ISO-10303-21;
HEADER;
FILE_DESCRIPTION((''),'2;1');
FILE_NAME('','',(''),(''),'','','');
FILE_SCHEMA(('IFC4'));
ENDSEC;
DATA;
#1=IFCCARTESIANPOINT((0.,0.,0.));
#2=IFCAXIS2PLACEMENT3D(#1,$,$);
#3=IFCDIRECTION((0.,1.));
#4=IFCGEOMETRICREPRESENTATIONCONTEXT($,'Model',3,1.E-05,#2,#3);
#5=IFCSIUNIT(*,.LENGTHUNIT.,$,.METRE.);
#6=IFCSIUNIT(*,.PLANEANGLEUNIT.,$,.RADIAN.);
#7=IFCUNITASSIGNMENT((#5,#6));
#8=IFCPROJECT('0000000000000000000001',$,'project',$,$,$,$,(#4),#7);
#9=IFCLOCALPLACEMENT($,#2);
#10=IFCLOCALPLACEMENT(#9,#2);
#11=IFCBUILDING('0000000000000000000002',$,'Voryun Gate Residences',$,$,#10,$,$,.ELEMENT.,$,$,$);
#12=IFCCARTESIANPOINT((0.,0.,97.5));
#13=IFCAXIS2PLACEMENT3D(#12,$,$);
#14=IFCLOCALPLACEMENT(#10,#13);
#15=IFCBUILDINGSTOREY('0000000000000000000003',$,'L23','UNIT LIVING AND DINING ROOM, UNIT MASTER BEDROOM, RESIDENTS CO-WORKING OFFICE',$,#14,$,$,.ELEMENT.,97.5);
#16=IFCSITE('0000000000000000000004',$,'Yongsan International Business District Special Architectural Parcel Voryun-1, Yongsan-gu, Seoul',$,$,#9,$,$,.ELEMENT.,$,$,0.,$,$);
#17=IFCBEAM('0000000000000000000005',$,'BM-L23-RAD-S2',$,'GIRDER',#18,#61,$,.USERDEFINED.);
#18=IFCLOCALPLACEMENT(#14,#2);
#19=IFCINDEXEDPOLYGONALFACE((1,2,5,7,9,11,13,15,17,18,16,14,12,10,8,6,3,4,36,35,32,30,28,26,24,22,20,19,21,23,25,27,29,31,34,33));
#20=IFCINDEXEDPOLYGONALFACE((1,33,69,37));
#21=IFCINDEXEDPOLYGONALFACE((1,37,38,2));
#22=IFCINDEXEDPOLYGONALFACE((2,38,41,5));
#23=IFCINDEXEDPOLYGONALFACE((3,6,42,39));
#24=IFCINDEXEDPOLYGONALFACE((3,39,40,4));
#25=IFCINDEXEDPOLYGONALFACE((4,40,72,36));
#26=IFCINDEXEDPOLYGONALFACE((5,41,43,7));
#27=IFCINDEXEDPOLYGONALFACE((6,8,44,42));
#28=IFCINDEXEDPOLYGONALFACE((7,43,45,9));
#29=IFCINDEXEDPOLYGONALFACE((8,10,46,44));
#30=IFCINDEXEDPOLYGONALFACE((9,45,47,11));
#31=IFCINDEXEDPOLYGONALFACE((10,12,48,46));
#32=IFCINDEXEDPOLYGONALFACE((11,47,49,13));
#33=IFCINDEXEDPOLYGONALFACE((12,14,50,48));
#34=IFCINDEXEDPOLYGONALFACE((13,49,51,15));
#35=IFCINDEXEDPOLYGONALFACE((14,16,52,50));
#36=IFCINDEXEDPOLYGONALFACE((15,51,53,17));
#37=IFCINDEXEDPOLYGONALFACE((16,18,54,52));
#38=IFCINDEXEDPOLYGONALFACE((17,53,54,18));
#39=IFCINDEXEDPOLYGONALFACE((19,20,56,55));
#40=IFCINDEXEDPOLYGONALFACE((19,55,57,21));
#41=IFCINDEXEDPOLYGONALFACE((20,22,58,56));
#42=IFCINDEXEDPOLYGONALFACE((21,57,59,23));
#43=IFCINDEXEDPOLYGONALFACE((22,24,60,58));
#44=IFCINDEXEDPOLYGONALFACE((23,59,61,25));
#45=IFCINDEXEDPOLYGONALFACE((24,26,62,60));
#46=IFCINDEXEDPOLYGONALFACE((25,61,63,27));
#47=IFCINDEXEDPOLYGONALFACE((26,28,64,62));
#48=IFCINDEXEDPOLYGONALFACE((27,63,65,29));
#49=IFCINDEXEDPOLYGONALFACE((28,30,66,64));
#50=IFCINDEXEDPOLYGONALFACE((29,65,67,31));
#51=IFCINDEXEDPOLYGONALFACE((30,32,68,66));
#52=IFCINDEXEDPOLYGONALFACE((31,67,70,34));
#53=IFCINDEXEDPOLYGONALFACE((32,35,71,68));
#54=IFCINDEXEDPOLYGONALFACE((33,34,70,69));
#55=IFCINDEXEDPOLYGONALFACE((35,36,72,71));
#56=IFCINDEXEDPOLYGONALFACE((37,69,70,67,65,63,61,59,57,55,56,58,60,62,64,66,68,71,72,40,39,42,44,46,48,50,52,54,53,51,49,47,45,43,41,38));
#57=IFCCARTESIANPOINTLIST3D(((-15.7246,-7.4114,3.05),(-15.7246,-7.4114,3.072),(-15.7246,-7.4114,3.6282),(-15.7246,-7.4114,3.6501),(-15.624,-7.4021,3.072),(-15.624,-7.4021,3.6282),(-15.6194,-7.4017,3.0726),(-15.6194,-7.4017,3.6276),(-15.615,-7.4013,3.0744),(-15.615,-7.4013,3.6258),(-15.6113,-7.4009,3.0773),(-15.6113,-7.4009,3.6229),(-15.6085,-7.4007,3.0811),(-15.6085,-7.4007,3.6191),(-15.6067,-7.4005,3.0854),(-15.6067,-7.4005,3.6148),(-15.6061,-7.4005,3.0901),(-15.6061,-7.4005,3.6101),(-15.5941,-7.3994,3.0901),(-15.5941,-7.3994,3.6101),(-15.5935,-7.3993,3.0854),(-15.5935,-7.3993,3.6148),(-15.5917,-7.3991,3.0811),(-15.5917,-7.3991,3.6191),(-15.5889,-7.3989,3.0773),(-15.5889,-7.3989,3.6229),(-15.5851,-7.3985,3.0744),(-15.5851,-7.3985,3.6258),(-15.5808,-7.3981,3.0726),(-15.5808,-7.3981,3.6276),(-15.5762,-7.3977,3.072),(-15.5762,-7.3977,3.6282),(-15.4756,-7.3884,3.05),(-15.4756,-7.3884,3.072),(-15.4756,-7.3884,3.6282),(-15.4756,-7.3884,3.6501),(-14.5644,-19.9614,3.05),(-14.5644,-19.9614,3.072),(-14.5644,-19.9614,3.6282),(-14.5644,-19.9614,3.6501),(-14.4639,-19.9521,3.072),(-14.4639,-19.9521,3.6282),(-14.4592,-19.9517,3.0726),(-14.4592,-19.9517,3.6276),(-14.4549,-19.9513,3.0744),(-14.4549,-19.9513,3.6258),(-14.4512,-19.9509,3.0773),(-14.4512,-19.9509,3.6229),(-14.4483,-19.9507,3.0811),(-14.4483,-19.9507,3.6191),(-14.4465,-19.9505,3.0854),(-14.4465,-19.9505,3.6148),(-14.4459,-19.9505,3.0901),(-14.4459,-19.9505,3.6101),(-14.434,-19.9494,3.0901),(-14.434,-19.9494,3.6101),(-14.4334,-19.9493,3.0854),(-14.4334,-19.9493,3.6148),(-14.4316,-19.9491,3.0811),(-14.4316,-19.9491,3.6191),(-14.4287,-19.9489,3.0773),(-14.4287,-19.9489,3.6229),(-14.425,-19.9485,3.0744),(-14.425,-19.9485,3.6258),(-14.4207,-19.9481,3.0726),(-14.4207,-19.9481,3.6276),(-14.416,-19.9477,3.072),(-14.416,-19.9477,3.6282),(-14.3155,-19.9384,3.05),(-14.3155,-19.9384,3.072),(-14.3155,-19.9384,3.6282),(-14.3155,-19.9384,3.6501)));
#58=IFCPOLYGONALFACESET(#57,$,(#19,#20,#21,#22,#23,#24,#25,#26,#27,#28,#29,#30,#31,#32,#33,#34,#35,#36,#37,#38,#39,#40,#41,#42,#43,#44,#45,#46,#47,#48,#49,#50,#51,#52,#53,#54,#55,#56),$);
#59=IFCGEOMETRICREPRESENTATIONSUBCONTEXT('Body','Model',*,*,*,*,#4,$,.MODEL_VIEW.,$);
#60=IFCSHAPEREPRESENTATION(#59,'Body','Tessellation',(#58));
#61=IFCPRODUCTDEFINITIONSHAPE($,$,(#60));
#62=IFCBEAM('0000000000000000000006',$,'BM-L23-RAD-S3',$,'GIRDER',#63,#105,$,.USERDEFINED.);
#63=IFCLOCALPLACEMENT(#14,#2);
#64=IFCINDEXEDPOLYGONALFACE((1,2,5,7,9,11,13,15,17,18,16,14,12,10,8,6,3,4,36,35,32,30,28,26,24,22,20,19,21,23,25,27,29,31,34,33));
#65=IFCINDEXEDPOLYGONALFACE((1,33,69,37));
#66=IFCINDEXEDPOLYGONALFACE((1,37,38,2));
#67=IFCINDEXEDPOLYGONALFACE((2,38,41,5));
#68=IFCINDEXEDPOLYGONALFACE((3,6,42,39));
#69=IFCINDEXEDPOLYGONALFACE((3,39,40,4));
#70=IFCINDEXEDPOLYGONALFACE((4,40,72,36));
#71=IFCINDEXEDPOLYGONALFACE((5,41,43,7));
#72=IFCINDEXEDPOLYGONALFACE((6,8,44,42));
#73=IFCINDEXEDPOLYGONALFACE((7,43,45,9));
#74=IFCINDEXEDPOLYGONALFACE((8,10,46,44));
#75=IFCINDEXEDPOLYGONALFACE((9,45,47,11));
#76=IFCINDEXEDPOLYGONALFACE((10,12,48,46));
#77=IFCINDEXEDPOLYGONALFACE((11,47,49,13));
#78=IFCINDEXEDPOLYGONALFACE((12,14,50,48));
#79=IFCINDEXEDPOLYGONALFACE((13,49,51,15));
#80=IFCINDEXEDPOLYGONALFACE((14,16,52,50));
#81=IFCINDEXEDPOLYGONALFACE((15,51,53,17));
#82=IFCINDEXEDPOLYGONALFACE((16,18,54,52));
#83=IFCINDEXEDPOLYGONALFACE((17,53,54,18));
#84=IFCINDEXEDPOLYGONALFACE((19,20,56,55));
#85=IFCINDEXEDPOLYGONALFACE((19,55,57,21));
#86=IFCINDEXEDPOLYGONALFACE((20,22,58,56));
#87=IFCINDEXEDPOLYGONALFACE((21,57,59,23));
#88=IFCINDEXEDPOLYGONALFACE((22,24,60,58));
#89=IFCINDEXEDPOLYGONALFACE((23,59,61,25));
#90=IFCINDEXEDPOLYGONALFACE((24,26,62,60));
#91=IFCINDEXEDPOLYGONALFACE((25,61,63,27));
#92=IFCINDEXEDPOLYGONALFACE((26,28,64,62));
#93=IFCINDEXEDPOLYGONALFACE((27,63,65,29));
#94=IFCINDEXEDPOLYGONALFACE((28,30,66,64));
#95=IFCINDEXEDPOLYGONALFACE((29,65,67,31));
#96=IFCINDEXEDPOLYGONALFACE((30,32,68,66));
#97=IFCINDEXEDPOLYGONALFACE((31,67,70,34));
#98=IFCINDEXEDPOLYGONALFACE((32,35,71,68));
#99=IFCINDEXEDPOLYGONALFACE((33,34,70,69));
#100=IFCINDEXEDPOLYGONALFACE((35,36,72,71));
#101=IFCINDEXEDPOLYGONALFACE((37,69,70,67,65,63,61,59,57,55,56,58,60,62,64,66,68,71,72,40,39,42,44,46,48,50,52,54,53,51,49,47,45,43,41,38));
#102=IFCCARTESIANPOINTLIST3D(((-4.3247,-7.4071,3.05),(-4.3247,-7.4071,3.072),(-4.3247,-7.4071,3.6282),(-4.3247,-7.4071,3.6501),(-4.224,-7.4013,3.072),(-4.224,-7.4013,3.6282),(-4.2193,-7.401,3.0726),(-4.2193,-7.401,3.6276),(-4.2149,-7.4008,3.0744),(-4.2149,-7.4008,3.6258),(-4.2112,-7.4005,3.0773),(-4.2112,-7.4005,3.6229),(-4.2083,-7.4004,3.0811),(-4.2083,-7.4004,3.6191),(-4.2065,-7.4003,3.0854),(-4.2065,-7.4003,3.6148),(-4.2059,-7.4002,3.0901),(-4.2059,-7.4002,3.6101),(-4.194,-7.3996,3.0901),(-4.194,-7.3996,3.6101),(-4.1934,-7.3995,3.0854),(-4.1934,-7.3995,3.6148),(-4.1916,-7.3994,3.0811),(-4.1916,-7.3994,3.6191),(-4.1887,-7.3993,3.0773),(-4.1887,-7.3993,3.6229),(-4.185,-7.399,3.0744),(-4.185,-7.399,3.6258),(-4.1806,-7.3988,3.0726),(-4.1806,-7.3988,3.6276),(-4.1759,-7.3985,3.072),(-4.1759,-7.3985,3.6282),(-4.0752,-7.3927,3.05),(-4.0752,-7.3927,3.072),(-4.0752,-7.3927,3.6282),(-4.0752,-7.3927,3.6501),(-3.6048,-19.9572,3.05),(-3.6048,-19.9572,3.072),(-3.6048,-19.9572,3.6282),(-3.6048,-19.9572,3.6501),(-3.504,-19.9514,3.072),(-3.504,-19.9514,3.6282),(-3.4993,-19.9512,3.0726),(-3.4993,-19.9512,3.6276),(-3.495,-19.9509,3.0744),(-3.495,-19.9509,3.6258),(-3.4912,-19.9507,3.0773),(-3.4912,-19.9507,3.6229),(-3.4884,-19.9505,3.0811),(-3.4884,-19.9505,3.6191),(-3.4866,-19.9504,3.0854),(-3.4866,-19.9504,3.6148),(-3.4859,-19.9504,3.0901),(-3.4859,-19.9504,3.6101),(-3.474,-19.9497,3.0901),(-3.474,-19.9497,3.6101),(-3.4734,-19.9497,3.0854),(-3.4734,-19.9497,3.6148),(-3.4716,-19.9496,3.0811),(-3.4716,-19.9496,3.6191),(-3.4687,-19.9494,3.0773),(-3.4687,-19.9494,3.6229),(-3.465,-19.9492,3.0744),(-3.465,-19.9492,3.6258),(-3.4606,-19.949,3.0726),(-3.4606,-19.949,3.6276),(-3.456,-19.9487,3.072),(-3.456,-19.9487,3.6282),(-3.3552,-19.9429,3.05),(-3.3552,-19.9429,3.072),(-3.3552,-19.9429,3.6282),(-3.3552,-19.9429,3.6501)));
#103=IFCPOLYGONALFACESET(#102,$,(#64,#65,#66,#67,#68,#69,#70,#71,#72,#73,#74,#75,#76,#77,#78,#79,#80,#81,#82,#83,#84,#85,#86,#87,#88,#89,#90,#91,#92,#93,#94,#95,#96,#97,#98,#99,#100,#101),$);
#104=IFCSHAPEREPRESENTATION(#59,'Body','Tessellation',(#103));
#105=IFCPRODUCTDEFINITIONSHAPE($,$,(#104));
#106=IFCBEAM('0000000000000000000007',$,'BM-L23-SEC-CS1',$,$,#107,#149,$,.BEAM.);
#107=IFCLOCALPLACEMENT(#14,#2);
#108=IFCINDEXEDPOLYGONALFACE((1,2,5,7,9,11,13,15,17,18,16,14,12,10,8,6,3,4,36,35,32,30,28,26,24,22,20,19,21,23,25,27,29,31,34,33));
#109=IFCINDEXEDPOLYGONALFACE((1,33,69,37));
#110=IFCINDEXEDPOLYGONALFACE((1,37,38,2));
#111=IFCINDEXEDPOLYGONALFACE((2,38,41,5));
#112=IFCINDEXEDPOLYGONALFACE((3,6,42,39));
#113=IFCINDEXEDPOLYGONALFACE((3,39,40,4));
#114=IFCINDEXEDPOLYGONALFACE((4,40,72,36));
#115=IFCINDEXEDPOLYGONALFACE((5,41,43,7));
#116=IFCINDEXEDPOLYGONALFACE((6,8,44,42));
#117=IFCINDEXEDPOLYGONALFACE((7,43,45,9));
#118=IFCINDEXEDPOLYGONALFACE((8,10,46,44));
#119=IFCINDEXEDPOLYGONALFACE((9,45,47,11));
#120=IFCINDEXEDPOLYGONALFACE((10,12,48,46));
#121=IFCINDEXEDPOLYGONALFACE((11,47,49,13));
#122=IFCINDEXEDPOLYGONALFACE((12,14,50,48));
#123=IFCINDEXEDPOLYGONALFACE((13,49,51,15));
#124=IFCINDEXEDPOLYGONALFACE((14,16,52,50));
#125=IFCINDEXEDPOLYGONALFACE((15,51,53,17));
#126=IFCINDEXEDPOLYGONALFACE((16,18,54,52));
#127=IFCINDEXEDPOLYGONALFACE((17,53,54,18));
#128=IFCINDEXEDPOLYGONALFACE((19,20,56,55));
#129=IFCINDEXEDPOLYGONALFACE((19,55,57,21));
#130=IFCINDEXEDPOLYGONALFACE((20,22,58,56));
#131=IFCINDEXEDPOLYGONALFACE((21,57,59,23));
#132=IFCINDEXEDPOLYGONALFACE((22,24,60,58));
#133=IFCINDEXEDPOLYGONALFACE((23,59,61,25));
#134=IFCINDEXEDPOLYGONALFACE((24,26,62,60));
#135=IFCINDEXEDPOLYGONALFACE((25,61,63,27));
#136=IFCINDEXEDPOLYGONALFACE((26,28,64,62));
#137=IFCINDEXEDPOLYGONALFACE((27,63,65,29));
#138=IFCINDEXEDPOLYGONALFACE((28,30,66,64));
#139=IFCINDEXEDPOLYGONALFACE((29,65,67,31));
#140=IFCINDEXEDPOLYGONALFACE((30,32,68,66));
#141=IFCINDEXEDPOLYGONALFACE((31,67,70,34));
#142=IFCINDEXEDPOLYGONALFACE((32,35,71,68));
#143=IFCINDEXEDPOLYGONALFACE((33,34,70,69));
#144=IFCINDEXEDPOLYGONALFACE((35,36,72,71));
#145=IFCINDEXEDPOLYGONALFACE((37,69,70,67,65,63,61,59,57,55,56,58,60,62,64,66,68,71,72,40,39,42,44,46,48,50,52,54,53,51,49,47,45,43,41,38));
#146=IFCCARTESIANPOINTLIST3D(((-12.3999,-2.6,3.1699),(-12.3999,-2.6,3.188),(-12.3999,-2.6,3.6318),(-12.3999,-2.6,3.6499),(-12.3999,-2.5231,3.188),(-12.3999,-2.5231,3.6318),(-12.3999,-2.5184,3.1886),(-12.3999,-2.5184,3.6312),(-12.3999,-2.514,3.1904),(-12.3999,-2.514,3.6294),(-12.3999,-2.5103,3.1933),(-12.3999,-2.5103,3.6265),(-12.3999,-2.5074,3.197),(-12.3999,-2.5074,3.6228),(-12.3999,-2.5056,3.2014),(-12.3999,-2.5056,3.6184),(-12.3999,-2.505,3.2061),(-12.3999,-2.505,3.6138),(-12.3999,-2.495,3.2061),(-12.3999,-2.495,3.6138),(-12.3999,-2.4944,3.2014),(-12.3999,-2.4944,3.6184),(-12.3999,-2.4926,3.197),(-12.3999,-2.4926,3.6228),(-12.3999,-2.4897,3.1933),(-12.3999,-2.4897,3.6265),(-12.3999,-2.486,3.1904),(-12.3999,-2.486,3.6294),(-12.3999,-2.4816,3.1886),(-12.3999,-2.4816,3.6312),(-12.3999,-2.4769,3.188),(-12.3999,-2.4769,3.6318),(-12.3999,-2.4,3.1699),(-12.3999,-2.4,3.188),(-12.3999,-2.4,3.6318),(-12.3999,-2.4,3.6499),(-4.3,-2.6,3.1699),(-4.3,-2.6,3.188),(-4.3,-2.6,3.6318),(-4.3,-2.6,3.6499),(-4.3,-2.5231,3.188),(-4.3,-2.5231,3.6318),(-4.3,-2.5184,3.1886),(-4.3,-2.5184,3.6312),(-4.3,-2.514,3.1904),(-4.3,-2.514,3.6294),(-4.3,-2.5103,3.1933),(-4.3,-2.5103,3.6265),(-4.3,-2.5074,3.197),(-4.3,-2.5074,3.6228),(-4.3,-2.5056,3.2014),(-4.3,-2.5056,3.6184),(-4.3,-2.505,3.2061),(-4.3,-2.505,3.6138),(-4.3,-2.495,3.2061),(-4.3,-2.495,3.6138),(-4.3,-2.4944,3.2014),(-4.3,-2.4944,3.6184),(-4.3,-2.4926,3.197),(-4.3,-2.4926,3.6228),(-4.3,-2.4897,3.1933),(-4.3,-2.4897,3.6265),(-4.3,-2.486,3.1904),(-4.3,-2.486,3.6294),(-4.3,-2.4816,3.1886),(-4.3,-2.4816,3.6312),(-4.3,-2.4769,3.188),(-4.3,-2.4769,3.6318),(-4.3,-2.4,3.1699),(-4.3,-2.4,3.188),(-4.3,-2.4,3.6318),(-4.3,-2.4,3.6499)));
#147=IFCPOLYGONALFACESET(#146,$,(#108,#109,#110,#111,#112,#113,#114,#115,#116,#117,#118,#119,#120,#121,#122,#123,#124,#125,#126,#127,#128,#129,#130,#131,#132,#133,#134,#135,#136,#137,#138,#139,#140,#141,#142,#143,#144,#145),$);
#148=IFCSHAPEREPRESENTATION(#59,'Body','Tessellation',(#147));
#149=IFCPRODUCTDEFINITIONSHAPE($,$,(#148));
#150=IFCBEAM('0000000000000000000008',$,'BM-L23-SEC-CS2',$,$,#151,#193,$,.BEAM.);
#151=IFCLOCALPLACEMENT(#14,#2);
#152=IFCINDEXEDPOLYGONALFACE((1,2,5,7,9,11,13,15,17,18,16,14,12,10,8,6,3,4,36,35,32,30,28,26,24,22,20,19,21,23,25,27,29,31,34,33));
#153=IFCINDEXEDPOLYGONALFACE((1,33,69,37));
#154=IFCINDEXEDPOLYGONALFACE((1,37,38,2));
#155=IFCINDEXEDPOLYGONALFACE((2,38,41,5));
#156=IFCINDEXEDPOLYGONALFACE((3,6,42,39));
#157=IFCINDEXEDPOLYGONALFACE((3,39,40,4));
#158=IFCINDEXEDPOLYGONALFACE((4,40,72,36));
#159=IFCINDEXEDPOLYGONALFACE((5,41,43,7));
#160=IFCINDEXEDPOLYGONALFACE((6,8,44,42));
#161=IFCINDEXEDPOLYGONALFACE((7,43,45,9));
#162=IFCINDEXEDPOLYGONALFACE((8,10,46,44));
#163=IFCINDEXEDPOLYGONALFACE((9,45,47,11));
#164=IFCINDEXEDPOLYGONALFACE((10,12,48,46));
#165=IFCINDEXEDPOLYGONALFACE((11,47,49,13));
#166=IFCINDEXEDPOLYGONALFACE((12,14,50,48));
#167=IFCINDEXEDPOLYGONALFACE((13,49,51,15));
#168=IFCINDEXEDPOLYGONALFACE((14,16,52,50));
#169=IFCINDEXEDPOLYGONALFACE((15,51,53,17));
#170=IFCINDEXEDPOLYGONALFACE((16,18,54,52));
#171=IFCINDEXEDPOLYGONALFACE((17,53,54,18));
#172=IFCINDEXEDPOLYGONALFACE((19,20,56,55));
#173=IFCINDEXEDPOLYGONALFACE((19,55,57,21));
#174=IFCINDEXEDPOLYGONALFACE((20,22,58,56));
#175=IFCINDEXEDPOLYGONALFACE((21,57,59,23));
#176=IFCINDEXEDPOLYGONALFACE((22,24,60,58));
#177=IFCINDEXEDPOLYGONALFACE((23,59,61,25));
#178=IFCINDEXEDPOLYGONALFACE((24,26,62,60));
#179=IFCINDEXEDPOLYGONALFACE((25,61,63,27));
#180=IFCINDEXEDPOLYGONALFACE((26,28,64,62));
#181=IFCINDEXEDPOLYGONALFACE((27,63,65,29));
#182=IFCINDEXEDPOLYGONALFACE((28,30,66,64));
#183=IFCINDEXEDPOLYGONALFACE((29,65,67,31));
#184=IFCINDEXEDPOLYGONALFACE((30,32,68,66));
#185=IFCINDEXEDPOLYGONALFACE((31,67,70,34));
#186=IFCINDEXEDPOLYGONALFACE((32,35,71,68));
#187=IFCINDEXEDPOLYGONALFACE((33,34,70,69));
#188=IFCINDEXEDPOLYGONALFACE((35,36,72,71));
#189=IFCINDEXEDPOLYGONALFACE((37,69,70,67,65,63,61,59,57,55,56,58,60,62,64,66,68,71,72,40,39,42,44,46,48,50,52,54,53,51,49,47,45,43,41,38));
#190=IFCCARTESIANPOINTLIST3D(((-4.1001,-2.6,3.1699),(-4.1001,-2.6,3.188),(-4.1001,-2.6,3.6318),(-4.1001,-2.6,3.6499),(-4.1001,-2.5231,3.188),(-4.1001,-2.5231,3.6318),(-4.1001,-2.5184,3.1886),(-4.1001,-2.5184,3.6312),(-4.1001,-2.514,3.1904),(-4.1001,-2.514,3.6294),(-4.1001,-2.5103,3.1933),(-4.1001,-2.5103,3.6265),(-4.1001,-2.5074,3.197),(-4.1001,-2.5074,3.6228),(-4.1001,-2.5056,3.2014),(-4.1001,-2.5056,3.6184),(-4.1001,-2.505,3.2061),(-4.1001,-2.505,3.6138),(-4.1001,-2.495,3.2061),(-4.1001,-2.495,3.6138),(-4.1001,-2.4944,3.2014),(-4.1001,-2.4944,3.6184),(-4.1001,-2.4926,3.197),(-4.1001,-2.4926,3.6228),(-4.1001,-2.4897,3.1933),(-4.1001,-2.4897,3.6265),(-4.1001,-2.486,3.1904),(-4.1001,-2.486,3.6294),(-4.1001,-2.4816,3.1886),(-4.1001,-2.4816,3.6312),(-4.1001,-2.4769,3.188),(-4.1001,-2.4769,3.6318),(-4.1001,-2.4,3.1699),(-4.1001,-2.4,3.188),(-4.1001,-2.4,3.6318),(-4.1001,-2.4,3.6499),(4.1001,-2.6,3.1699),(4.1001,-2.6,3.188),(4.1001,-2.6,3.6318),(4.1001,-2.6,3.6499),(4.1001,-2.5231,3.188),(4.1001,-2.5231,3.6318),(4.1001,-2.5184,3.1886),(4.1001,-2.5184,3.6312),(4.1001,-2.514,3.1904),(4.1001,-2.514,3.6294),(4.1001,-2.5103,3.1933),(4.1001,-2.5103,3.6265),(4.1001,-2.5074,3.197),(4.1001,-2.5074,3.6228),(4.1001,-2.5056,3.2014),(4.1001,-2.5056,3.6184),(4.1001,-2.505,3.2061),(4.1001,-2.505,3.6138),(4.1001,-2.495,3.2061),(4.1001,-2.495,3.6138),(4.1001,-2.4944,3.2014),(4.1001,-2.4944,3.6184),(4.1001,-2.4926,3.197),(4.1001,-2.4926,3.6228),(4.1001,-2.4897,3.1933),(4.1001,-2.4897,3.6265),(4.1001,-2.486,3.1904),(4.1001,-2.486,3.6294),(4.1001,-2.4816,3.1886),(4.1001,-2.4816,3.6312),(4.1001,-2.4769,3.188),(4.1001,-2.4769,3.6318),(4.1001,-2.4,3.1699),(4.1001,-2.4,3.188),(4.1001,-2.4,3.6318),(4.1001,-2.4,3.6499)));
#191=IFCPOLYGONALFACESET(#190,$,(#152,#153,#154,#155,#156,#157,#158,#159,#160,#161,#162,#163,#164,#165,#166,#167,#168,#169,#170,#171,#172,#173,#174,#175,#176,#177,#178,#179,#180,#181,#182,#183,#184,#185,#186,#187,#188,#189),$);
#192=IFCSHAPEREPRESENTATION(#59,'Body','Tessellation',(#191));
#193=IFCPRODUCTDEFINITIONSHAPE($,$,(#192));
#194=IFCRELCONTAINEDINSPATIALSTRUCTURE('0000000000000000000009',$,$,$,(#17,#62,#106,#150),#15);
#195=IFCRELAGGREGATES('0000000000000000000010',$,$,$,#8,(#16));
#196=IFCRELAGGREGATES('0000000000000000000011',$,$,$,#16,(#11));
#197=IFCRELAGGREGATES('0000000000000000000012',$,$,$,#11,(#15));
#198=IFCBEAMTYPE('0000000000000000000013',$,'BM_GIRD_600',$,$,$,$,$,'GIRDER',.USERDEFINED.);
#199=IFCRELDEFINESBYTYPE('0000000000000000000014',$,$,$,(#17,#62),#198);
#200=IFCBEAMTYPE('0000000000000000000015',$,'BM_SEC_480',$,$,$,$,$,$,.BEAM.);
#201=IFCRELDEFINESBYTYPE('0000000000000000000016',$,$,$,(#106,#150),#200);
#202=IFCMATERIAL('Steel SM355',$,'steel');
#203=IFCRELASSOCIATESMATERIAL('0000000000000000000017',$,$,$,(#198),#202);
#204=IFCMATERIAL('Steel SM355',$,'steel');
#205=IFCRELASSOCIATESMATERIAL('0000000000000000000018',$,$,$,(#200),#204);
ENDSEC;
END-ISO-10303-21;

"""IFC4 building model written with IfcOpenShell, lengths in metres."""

from ifc_helpers import new_model, si_unit, direction, frame, origin, origin_2d, place, context, subcontext, project, spatial, i_section, extrude, material, material_profile, profile_set, type_object, element, save


model = new_model("IFC4")

# Units and contexts
model_context = context("Model", 3, precision=1e-05, world=origin(), true_north=direction((0.0, 1.0)))
body_context = subcontext(model_context, "Body", "Model", "MODEL_VIEW")
ifc_project = project(units=[si_unit("LENGTHUNIT", "METRE"), si_unit("PLANEANGLEUNIT", "RADIAN")], contexts=[model_context])

# Site, building, storey
site_placement = place(None, origin())
site = spatial("IfcSite", under=ifc_project, at=site_placement, Name="Yongsan International Business District Special Architectural Parcel Voryun-1, Yongsan-gu, Seoul", CompositionType="ELEMENT", RefElevation=0.0)
building_placement = place(site_placement, origin())
building = spatial("IfcBuilding", under=site, at=building_placement, Name="Voryun Gate Residences", CompositionType="ELEMENT")
storey_placement = place(building_placement, frame((0.0, 0.0, 97.5)))
storey = spatial("IfcBuildingStorey", under=building, at=storey_placement, Name="L23", Description="UNIT LIVING AND DINING ROOM, UNIT MASTER BEDROOM, RESIDENTS CO-WORKING OFFICE", CompositionType="ELEMENT", Elevation=97.5)

# Beams
ifc_material_1 = material(Name="Steel SM355", Category="steel")
ifc_material_profile_1 = material_profile(ifc_material_1, i_section(OverallWidth=0.25, OverallDepth=0.6001, WebThickness=0.012, FlangeThickness=0.022, FilletRadius=0.0181, at=origin_2d()), Name="H-600x250x12x22")
ifc_profile_set_1 = profile_set([ifc_material_profile_1], Name="Steel SM355")
beam_type_1 = type_object("IfcBeamType", Name="BM_GIRD_600", ElementType="GIRDER", PredefinedType="USERDEFINED", material=ifc_profile_set_1)
beam_1_placement = place(storey_placement, frame((-15.6001, -7.3999, 3.3501), z_axis=(0.09205, -0.995754, 0.0), x_axis=(0.995754, 0.09205, 0.0)))
element("IfcBeam", 1, at=beam_1_placement, inside=storey, type_object=beam_type_1, Name="BM-L23-RAD-S2", ObjectType="GIRDER", PredefinedType="USERDEFINED", context=body_context, shape_type="SweptSolid", body=[
    extrude(i_section(OverallWidth=0.25, OverallDepth=0.6001, WebThickness=0.012, FlangeThickness=0.022, FilletRadius=0.0181, at=origin_2d()), origin(), (0.0, 0.0, 1.0), 12.6035),
])
beam_2_placement = place(storey_placement, frame((-4.2, -7.3999, 3.3501), z_axis=(0.057274, -0.998359, 0.0), x_axis=(0.998359, 0.057274, 0.0)))
element("IfcBeam", 2, at=beam_2_placement, inside=storey, type_object=beam_type_1, Name="BM-L23-RAD-S3", ObjectType="GIRDER", PredefinedType="USERDEFINED", context=body_context, shape_type="SweptSolid", body=[
    extrude(i_section(OverallWidth=0.25, OverallDepth=0.6001, WebThickness=0.012, FlangeThickness=0.022, FilletRadius=0.0181, at=origin_2d()), origin(), (0.0, 0.0, 1.0), 12.5708),
])
ifc_material_2 = material(Name="Steel SM355", Category="steel")
ifc_material_profile_2 = material_profile(ifc_material_2, i_section(OverallWidth=0.2, OverallDepth=0.48, WebThickness=0.01, FlangeThickness=0.0181, FilletRadius=0.0181, at=origin_2d()), Name="H-480x200x10x18")
ifc_profile_set_2 = profile_set([ifc_material_profile_2], Name="Steel SM355")
beam_type_2 = type_object("IfcBeamType", Name="BM_SEC_480", PredefinedType="BEAM", material=ifc_profile_set_2)
beam_3_placement = place(storey_placement, frame((-12.3999, -2.5, 3.4099), z_axis=(1.0, 0.0, 0.0), x_axis=(0.0, 1.0, 0.0)))
element("IfcBeam", 3, at=beam_3_placement, inside=storey, type_object=beam_type_2, Name="BM-L23-SEC-CS1", PredefinedType="BEAM", context=body_context, shape_type="SweptSolid", body=[
    extrude(i_section(OverallWidth=0.2, OverallDepth=0.48, WebThickness=0.01, FlangeThickness=0.0181, FilletRadius=0.0181, at=origin_2d()), origin(), (0.0, 0.0, 1.0), 8.0999),
])
beam_4_placement = place(storey_placement, frame((-4.1001, -2.5, 3.4099), z_axis=(1.0, 0.0, 0.0), x_axis=(0.0, 1.0, 0.0)))
element("IfcBeam", 4, at=beam_4_placement, inside=storey, type_object=beam_type_2, Name="BM-L23-SEC-CS2", PredefinedType="BEAM", context=body_context, shape_type="SweptSolid", body=[
    extrude(i_section(OverallWidth=0.2, OverallDepth=0.48, WebThickness=0.01, FlangeThickness=0.0181, FilletRadius=0.0181, at=origin_2d()), origin(), (0.0, 0.0, 1.0), 8.2002),
])

save(model, "model.ifc")
